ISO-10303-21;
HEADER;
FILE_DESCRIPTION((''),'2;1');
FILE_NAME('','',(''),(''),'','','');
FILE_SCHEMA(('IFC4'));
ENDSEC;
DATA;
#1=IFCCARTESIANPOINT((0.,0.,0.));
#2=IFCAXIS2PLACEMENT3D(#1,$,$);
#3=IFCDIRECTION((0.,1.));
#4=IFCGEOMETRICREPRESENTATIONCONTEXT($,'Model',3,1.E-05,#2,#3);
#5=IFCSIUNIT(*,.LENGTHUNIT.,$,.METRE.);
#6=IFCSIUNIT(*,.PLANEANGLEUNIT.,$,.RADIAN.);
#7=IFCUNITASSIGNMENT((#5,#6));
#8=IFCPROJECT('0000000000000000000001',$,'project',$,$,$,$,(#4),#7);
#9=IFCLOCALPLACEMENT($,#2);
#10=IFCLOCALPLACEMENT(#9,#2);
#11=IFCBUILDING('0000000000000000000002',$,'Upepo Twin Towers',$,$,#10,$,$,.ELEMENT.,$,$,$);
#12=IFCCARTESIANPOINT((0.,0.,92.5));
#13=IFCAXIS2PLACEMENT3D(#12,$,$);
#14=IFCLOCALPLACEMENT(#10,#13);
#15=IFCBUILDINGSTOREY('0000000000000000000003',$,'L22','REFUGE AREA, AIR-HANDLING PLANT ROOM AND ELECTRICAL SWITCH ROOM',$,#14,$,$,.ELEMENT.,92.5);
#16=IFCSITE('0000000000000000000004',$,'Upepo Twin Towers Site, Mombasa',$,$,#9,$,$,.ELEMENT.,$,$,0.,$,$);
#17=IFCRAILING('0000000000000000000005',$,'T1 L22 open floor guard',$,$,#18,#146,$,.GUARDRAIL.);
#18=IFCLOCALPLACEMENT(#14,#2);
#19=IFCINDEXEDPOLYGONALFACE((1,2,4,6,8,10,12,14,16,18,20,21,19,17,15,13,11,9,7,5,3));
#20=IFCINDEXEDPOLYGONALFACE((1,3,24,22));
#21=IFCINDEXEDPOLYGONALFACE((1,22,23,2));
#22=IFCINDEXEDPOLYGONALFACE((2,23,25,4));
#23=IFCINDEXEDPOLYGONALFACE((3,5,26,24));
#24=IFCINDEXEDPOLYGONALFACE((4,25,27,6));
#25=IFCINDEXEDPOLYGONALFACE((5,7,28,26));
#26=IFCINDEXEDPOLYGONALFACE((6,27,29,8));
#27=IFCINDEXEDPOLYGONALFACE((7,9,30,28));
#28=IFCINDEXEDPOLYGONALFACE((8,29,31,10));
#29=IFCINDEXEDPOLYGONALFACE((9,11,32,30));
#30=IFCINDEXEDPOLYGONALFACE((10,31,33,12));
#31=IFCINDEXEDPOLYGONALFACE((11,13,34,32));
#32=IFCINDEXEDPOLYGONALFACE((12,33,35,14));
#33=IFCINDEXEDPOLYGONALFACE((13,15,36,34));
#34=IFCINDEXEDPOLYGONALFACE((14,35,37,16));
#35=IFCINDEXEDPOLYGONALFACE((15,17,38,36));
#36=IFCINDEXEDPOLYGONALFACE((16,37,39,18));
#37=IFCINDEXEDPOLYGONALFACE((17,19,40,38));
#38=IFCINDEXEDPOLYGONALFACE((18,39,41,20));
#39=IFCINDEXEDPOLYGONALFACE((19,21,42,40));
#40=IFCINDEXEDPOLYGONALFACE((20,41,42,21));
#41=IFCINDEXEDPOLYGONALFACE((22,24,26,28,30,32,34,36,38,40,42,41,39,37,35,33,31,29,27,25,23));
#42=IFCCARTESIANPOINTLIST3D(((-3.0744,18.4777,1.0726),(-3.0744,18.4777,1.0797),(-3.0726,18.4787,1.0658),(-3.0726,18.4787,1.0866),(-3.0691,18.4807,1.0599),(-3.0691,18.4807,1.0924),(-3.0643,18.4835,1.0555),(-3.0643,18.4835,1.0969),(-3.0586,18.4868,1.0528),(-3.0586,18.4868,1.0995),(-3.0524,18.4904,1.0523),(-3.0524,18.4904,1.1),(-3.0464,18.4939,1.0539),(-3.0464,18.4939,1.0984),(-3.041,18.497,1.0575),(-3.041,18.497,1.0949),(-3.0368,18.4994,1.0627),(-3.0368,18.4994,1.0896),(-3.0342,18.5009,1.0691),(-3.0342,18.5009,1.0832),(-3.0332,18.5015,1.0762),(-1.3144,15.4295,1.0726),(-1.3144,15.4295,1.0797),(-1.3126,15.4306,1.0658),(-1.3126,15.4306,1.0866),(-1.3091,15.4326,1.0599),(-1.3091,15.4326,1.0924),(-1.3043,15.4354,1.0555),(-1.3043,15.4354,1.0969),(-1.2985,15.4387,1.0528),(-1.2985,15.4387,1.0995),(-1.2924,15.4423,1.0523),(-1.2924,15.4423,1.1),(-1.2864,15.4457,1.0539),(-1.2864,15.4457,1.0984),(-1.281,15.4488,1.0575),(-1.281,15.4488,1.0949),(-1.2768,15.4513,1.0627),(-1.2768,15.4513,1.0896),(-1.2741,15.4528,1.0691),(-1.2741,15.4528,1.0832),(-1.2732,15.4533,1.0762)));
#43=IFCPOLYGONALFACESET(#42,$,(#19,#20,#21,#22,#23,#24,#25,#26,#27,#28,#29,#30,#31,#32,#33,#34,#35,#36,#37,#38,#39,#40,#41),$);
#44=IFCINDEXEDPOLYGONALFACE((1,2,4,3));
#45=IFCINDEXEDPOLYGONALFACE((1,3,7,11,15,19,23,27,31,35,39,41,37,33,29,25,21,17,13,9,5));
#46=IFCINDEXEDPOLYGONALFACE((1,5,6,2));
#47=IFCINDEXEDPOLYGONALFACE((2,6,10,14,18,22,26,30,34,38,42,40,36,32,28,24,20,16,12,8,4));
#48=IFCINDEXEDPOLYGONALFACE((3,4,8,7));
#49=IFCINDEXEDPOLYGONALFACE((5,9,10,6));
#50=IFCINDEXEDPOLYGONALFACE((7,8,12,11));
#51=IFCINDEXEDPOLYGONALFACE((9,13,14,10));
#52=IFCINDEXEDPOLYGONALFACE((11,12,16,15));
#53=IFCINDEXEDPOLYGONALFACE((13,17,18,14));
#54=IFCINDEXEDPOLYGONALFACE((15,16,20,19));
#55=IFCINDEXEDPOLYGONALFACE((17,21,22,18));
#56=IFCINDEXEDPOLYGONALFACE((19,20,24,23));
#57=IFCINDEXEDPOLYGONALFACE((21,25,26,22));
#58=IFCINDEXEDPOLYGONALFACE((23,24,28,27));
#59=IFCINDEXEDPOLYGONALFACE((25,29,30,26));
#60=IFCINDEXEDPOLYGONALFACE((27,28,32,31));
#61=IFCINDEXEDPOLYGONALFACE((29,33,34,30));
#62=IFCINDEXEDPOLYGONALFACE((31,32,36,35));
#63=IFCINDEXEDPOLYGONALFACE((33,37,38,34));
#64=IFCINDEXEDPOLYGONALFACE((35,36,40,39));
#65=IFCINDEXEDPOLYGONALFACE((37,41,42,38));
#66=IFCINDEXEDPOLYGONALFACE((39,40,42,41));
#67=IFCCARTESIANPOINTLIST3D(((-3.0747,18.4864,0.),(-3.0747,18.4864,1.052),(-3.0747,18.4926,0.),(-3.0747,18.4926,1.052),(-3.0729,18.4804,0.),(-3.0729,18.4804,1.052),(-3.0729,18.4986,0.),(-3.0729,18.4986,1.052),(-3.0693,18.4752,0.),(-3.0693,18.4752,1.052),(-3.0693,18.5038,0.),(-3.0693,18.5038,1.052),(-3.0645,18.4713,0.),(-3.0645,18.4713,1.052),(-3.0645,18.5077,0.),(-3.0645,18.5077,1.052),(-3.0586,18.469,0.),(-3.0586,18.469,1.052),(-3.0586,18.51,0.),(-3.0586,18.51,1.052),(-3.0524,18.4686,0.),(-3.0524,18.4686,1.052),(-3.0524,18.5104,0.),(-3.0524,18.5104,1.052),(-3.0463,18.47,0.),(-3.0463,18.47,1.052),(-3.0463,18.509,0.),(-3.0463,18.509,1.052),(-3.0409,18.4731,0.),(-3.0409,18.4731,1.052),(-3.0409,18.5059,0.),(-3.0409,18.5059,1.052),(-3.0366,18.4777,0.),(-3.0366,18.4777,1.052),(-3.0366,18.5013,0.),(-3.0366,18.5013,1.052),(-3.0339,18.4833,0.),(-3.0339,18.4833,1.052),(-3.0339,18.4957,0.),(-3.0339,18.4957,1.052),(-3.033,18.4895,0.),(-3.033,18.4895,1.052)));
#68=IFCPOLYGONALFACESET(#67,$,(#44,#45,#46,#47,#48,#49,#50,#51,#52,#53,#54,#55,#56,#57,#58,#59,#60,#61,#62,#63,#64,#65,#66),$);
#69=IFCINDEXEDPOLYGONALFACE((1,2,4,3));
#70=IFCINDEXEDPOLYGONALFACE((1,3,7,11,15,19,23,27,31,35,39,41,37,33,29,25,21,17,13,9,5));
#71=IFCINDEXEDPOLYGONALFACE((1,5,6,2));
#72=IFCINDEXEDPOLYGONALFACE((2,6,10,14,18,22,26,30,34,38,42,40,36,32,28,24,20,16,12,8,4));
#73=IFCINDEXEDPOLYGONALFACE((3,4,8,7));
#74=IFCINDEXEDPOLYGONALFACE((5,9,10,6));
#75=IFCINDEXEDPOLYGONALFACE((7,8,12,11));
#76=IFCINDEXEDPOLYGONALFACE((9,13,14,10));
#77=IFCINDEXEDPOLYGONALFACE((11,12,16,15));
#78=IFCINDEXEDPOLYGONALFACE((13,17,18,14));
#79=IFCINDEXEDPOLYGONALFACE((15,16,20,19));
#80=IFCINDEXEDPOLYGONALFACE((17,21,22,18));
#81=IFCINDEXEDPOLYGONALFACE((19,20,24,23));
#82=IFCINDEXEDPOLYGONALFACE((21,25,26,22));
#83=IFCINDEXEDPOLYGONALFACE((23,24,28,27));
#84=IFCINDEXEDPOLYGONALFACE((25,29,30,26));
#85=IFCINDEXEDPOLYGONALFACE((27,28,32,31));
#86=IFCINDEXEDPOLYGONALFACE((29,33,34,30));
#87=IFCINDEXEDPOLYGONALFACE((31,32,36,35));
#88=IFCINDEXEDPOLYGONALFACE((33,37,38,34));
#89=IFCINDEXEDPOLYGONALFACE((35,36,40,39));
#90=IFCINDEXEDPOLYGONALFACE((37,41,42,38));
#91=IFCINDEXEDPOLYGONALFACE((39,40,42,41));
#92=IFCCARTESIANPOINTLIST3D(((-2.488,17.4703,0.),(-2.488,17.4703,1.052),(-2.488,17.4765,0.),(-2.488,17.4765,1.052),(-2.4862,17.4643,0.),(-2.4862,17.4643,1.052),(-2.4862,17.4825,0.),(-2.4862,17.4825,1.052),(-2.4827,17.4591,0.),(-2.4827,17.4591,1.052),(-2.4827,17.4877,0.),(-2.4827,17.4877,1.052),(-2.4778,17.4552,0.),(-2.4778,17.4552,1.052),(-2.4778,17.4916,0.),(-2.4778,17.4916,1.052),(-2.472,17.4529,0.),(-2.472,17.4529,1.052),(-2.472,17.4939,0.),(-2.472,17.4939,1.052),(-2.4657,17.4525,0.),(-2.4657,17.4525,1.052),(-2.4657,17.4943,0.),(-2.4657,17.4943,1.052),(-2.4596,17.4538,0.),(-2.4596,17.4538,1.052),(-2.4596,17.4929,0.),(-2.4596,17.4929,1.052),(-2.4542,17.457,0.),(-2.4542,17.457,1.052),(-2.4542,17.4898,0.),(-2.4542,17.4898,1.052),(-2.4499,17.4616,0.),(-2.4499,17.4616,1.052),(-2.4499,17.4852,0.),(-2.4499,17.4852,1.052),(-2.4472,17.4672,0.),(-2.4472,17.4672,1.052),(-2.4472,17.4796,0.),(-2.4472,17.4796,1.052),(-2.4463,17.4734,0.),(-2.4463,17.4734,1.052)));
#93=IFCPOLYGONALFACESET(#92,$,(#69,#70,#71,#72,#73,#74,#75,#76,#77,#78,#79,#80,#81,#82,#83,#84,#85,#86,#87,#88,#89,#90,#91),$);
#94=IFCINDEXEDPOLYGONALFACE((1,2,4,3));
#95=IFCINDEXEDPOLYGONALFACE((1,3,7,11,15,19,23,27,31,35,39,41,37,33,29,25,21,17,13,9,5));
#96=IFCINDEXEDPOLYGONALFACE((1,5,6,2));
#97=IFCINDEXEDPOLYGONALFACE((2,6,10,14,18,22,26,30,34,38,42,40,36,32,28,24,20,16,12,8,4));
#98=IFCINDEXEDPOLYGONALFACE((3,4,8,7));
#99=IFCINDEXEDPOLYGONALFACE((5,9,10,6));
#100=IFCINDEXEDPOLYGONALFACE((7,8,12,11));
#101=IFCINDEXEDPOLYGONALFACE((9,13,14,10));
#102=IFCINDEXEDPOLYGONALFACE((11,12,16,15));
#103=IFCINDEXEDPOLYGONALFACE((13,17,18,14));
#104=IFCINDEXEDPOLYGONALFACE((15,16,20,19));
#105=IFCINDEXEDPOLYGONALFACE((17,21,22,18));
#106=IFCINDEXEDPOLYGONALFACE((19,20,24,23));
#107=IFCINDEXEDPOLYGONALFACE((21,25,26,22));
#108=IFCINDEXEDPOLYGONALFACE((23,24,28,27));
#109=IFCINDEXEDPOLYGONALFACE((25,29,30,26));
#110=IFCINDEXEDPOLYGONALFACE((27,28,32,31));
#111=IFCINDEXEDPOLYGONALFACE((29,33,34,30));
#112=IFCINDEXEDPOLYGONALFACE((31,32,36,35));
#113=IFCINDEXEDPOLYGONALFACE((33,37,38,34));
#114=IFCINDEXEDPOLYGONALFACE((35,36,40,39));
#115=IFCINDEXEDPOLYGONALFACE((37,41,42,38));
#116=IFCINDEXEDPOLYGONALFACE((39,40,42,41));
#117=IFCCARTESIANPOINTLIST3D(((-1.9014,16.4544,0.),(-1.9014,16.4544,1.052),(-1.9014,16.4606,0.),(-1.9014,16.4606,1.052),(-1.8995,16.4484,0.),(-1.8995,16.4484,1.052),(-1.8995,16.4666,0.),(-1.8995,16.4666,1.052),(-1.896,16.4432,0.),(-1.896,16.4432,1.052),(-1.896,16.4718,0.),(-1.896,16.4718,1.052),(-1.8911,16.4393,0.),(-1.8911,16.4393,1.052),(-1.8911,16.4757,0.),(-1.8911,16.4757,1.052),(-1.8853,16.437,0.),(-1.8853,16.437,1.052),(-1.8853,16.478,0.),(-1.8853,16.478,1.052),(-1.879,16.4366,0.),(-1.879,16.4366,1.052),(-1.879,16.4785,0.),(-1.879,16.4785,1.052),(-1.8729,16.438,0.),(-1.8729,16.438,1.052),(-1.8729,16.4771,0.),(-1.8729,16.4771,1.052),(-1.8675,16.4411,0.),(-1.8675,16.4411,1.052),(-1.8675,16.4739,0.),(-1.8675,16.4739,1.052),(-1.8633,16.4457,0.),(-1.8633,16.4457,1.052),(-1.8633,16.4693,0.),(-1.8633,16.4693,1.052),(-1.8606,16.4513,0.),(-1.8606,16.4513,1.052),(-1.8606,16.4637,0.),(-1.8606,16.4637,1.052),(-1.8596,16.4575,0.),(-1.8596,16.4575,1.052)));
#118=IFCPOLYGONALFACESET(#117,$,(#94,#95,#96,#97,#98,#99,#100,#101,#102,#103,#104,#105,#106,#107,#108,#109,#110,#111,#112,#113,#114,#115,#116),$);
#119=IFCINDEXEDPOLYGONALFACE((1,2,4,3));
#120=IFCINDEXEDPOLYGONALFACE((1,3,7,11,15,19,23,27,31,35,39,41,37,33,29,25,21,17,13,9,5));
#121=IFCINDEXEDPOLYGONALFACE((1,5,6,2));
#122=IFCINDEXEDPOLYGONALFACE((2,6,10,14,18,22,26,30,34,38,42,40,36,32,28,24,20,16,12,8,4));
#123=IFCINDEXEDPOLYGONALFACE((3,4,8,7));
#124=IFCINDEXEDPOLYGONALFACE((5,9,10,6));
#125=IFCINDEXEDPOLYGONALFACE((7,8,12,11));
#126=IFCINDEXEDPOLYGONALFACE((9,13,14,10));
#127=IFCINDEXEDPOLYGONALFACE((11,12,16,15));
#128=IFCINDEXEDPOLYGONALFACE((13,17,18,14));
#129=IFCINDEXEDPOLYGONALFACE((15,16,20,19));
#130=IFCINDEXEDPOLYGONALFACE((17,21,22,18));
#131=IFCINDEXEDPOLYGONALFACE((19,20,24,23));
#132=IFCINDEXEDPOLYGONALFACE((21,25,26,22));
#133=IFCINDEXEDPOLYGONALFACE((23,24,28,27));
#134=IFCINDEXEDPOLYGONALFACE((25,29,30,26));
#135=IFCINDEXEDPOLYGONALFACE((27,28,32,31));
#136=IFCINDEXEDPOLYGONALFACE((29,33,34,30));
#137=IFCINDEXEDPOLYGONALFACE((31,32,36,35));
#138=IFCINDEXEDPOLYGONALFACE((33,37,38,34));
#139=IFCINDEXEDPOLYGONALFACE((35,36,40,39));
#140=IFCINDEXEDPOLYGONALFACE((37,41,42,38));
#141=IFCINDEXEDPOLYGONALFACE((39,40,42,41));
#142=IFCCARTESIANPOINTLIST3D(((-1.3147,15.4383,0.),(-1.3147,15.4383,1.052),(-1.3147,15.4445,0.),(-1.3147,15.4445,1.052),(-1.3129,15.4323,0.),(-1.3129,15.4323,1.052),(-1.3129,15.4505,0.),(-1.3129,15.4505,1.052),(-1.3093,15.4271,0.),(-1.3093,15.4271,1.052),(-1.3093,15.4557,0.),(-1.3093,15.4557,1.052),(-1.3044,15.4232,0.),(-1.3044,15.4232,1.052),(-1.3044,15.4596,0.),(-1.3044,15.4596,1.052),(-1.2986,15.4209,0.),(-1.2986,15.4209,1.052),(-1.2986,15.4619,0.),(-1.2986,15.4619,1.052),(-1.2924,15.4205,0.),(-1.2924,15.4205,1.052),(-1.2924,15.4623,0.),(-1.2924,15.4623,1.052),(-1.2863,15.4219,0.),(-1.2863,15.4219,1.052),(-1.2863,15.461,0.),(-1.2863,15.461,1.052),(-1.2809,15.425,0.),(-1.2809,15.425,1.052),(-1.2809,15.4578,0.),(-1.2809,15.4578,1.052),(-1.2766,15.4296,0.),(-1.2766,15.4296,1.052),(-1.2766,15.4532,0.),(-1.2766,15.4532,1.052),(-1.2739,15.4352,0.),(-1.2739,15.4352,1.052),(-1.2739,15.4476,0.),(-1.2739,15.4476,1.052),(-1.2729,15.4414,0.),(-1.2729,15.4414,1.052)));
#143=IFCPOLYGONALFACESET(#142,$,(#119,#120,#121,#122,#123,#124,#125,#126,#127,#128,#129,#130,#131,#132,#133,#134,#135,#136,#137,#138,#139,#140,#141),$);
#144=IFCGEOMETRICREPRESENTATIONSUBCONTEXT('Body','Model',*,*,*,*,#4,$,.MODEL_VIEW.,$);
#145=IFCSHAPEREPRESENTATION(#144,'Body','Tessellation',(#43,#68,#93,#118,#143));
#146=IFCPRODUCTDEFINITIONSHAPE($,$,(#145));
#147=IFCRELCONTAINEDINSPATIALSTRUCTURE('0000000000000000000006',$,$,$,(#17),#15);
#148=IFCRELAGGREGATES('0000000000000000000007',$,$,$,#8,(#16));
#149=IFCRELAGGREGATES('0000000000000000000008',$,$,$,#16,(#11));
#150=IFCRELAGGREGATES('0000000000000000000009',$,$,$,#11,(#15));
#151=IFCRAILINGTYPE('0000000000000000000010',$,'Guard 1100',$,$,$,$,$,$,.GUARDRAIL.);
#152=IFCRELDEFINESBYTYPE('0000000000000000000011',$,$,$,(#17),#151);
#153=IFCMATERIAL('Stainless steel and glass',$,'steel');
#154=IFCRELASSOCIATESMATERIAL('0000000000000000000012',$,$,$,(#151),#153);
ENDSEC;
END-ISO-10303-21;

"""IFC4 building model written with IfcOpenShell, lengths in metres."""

from ifc_helpers import new_model, si_unit, direction, frame, origin, origin_2d, place, context, subcontext, project, spatial, circle, extrude, material, type_object, element, save


model = new_model("IFC4")

# Units and contexts
model_context = context("Model", 3, precision=1e-05, world=origin(), true_north=direction((0.0, 1.0)))
body_context = subcontext(model_context, "Body", "Model", "MODEL_VIEW")
ifc_project = project(units=[si_unit("LENGTHUNIT", "METRE"), si_unit("PLANEANGLEUNIT", "RADIAN")], contexts=[model_context])

# Site, building, storey
site_placement = place(None, origin())
site = spatial("IfcSite", under=ifc_project, at=site_placement, Name="Upepo Twin Towers Site, Mombasa", CompositionType="ELEMENT", RefElevation=0.0)
building_placement = place(site_placement, origin())
building = spatial("IfcBuilding", under=site, at=building_placement, Name="Upepo Twin Towers", CompositionType="ELEMENT")
storey_placement = place(building_placement, frame((0.0, 0.0, 92.5)))
storey = spatial("IfcBuildingStorey", under=building, at=storey_placement, Name="L22", Description="REFUGE AREA, AIR-HANDLING PLANT ROOM AND ELECTRICAL SWITCH ROOM", CompositionType="ELEMENT", Elevation=92.5)

# Railing
ifc_material_1 = material(Name="Stainless steel and glass", Category="steel")
railing_type = type_object("IfcRailingType", Name="Guard 1100", PredefinedType="GUARDRAIL", material=ifc_material_1)
for number, where, name in (
    (1, (-3.054, 18.4895, 0.0), "T1 L22 open floor guard"),
):
    element("IfcRailing", number, at=place(storey_placement, frame(where)), inside=storey, type_object=railing_type, Name=name, PredefinedType="GUARDRAIL", context=body_context, shape_type="SweptSolid", body=[
        extrude(circle(Radius=0.0239, at=origin_2d()), frame((0.0, 0.0, 1.0762), z_axis=(0.500041, -0.866002, 0.0), x_axis=(0.866002, 0.500041, 0.0)), (0.0, 0.0, 1.0), 3.5198),
        extrude(circle(Radius=0.021, at=origin_2d()), origin(), (0.0, 0.0, 1.0), 1.052),
        extrude(circle(Radius=0.021, at=origin_2d()), frame((0.5867, -1.0161, 0.0)), (0.0, 0.0, 1.0), 1.052),
        extrude(circle(Radius=0.021, at=origin_2d()), frame((1.1733, -2.032, 0.0)), (0.0, 0.0, 1.0), 1.052),
        extrude(circle(Radius=0.021, at=origin_2d()), frame((1.76, -3.0481, 0.0)), (0.0, 0.0, 1.0), 1.052),
    ])

save(model, "model.ifc")
